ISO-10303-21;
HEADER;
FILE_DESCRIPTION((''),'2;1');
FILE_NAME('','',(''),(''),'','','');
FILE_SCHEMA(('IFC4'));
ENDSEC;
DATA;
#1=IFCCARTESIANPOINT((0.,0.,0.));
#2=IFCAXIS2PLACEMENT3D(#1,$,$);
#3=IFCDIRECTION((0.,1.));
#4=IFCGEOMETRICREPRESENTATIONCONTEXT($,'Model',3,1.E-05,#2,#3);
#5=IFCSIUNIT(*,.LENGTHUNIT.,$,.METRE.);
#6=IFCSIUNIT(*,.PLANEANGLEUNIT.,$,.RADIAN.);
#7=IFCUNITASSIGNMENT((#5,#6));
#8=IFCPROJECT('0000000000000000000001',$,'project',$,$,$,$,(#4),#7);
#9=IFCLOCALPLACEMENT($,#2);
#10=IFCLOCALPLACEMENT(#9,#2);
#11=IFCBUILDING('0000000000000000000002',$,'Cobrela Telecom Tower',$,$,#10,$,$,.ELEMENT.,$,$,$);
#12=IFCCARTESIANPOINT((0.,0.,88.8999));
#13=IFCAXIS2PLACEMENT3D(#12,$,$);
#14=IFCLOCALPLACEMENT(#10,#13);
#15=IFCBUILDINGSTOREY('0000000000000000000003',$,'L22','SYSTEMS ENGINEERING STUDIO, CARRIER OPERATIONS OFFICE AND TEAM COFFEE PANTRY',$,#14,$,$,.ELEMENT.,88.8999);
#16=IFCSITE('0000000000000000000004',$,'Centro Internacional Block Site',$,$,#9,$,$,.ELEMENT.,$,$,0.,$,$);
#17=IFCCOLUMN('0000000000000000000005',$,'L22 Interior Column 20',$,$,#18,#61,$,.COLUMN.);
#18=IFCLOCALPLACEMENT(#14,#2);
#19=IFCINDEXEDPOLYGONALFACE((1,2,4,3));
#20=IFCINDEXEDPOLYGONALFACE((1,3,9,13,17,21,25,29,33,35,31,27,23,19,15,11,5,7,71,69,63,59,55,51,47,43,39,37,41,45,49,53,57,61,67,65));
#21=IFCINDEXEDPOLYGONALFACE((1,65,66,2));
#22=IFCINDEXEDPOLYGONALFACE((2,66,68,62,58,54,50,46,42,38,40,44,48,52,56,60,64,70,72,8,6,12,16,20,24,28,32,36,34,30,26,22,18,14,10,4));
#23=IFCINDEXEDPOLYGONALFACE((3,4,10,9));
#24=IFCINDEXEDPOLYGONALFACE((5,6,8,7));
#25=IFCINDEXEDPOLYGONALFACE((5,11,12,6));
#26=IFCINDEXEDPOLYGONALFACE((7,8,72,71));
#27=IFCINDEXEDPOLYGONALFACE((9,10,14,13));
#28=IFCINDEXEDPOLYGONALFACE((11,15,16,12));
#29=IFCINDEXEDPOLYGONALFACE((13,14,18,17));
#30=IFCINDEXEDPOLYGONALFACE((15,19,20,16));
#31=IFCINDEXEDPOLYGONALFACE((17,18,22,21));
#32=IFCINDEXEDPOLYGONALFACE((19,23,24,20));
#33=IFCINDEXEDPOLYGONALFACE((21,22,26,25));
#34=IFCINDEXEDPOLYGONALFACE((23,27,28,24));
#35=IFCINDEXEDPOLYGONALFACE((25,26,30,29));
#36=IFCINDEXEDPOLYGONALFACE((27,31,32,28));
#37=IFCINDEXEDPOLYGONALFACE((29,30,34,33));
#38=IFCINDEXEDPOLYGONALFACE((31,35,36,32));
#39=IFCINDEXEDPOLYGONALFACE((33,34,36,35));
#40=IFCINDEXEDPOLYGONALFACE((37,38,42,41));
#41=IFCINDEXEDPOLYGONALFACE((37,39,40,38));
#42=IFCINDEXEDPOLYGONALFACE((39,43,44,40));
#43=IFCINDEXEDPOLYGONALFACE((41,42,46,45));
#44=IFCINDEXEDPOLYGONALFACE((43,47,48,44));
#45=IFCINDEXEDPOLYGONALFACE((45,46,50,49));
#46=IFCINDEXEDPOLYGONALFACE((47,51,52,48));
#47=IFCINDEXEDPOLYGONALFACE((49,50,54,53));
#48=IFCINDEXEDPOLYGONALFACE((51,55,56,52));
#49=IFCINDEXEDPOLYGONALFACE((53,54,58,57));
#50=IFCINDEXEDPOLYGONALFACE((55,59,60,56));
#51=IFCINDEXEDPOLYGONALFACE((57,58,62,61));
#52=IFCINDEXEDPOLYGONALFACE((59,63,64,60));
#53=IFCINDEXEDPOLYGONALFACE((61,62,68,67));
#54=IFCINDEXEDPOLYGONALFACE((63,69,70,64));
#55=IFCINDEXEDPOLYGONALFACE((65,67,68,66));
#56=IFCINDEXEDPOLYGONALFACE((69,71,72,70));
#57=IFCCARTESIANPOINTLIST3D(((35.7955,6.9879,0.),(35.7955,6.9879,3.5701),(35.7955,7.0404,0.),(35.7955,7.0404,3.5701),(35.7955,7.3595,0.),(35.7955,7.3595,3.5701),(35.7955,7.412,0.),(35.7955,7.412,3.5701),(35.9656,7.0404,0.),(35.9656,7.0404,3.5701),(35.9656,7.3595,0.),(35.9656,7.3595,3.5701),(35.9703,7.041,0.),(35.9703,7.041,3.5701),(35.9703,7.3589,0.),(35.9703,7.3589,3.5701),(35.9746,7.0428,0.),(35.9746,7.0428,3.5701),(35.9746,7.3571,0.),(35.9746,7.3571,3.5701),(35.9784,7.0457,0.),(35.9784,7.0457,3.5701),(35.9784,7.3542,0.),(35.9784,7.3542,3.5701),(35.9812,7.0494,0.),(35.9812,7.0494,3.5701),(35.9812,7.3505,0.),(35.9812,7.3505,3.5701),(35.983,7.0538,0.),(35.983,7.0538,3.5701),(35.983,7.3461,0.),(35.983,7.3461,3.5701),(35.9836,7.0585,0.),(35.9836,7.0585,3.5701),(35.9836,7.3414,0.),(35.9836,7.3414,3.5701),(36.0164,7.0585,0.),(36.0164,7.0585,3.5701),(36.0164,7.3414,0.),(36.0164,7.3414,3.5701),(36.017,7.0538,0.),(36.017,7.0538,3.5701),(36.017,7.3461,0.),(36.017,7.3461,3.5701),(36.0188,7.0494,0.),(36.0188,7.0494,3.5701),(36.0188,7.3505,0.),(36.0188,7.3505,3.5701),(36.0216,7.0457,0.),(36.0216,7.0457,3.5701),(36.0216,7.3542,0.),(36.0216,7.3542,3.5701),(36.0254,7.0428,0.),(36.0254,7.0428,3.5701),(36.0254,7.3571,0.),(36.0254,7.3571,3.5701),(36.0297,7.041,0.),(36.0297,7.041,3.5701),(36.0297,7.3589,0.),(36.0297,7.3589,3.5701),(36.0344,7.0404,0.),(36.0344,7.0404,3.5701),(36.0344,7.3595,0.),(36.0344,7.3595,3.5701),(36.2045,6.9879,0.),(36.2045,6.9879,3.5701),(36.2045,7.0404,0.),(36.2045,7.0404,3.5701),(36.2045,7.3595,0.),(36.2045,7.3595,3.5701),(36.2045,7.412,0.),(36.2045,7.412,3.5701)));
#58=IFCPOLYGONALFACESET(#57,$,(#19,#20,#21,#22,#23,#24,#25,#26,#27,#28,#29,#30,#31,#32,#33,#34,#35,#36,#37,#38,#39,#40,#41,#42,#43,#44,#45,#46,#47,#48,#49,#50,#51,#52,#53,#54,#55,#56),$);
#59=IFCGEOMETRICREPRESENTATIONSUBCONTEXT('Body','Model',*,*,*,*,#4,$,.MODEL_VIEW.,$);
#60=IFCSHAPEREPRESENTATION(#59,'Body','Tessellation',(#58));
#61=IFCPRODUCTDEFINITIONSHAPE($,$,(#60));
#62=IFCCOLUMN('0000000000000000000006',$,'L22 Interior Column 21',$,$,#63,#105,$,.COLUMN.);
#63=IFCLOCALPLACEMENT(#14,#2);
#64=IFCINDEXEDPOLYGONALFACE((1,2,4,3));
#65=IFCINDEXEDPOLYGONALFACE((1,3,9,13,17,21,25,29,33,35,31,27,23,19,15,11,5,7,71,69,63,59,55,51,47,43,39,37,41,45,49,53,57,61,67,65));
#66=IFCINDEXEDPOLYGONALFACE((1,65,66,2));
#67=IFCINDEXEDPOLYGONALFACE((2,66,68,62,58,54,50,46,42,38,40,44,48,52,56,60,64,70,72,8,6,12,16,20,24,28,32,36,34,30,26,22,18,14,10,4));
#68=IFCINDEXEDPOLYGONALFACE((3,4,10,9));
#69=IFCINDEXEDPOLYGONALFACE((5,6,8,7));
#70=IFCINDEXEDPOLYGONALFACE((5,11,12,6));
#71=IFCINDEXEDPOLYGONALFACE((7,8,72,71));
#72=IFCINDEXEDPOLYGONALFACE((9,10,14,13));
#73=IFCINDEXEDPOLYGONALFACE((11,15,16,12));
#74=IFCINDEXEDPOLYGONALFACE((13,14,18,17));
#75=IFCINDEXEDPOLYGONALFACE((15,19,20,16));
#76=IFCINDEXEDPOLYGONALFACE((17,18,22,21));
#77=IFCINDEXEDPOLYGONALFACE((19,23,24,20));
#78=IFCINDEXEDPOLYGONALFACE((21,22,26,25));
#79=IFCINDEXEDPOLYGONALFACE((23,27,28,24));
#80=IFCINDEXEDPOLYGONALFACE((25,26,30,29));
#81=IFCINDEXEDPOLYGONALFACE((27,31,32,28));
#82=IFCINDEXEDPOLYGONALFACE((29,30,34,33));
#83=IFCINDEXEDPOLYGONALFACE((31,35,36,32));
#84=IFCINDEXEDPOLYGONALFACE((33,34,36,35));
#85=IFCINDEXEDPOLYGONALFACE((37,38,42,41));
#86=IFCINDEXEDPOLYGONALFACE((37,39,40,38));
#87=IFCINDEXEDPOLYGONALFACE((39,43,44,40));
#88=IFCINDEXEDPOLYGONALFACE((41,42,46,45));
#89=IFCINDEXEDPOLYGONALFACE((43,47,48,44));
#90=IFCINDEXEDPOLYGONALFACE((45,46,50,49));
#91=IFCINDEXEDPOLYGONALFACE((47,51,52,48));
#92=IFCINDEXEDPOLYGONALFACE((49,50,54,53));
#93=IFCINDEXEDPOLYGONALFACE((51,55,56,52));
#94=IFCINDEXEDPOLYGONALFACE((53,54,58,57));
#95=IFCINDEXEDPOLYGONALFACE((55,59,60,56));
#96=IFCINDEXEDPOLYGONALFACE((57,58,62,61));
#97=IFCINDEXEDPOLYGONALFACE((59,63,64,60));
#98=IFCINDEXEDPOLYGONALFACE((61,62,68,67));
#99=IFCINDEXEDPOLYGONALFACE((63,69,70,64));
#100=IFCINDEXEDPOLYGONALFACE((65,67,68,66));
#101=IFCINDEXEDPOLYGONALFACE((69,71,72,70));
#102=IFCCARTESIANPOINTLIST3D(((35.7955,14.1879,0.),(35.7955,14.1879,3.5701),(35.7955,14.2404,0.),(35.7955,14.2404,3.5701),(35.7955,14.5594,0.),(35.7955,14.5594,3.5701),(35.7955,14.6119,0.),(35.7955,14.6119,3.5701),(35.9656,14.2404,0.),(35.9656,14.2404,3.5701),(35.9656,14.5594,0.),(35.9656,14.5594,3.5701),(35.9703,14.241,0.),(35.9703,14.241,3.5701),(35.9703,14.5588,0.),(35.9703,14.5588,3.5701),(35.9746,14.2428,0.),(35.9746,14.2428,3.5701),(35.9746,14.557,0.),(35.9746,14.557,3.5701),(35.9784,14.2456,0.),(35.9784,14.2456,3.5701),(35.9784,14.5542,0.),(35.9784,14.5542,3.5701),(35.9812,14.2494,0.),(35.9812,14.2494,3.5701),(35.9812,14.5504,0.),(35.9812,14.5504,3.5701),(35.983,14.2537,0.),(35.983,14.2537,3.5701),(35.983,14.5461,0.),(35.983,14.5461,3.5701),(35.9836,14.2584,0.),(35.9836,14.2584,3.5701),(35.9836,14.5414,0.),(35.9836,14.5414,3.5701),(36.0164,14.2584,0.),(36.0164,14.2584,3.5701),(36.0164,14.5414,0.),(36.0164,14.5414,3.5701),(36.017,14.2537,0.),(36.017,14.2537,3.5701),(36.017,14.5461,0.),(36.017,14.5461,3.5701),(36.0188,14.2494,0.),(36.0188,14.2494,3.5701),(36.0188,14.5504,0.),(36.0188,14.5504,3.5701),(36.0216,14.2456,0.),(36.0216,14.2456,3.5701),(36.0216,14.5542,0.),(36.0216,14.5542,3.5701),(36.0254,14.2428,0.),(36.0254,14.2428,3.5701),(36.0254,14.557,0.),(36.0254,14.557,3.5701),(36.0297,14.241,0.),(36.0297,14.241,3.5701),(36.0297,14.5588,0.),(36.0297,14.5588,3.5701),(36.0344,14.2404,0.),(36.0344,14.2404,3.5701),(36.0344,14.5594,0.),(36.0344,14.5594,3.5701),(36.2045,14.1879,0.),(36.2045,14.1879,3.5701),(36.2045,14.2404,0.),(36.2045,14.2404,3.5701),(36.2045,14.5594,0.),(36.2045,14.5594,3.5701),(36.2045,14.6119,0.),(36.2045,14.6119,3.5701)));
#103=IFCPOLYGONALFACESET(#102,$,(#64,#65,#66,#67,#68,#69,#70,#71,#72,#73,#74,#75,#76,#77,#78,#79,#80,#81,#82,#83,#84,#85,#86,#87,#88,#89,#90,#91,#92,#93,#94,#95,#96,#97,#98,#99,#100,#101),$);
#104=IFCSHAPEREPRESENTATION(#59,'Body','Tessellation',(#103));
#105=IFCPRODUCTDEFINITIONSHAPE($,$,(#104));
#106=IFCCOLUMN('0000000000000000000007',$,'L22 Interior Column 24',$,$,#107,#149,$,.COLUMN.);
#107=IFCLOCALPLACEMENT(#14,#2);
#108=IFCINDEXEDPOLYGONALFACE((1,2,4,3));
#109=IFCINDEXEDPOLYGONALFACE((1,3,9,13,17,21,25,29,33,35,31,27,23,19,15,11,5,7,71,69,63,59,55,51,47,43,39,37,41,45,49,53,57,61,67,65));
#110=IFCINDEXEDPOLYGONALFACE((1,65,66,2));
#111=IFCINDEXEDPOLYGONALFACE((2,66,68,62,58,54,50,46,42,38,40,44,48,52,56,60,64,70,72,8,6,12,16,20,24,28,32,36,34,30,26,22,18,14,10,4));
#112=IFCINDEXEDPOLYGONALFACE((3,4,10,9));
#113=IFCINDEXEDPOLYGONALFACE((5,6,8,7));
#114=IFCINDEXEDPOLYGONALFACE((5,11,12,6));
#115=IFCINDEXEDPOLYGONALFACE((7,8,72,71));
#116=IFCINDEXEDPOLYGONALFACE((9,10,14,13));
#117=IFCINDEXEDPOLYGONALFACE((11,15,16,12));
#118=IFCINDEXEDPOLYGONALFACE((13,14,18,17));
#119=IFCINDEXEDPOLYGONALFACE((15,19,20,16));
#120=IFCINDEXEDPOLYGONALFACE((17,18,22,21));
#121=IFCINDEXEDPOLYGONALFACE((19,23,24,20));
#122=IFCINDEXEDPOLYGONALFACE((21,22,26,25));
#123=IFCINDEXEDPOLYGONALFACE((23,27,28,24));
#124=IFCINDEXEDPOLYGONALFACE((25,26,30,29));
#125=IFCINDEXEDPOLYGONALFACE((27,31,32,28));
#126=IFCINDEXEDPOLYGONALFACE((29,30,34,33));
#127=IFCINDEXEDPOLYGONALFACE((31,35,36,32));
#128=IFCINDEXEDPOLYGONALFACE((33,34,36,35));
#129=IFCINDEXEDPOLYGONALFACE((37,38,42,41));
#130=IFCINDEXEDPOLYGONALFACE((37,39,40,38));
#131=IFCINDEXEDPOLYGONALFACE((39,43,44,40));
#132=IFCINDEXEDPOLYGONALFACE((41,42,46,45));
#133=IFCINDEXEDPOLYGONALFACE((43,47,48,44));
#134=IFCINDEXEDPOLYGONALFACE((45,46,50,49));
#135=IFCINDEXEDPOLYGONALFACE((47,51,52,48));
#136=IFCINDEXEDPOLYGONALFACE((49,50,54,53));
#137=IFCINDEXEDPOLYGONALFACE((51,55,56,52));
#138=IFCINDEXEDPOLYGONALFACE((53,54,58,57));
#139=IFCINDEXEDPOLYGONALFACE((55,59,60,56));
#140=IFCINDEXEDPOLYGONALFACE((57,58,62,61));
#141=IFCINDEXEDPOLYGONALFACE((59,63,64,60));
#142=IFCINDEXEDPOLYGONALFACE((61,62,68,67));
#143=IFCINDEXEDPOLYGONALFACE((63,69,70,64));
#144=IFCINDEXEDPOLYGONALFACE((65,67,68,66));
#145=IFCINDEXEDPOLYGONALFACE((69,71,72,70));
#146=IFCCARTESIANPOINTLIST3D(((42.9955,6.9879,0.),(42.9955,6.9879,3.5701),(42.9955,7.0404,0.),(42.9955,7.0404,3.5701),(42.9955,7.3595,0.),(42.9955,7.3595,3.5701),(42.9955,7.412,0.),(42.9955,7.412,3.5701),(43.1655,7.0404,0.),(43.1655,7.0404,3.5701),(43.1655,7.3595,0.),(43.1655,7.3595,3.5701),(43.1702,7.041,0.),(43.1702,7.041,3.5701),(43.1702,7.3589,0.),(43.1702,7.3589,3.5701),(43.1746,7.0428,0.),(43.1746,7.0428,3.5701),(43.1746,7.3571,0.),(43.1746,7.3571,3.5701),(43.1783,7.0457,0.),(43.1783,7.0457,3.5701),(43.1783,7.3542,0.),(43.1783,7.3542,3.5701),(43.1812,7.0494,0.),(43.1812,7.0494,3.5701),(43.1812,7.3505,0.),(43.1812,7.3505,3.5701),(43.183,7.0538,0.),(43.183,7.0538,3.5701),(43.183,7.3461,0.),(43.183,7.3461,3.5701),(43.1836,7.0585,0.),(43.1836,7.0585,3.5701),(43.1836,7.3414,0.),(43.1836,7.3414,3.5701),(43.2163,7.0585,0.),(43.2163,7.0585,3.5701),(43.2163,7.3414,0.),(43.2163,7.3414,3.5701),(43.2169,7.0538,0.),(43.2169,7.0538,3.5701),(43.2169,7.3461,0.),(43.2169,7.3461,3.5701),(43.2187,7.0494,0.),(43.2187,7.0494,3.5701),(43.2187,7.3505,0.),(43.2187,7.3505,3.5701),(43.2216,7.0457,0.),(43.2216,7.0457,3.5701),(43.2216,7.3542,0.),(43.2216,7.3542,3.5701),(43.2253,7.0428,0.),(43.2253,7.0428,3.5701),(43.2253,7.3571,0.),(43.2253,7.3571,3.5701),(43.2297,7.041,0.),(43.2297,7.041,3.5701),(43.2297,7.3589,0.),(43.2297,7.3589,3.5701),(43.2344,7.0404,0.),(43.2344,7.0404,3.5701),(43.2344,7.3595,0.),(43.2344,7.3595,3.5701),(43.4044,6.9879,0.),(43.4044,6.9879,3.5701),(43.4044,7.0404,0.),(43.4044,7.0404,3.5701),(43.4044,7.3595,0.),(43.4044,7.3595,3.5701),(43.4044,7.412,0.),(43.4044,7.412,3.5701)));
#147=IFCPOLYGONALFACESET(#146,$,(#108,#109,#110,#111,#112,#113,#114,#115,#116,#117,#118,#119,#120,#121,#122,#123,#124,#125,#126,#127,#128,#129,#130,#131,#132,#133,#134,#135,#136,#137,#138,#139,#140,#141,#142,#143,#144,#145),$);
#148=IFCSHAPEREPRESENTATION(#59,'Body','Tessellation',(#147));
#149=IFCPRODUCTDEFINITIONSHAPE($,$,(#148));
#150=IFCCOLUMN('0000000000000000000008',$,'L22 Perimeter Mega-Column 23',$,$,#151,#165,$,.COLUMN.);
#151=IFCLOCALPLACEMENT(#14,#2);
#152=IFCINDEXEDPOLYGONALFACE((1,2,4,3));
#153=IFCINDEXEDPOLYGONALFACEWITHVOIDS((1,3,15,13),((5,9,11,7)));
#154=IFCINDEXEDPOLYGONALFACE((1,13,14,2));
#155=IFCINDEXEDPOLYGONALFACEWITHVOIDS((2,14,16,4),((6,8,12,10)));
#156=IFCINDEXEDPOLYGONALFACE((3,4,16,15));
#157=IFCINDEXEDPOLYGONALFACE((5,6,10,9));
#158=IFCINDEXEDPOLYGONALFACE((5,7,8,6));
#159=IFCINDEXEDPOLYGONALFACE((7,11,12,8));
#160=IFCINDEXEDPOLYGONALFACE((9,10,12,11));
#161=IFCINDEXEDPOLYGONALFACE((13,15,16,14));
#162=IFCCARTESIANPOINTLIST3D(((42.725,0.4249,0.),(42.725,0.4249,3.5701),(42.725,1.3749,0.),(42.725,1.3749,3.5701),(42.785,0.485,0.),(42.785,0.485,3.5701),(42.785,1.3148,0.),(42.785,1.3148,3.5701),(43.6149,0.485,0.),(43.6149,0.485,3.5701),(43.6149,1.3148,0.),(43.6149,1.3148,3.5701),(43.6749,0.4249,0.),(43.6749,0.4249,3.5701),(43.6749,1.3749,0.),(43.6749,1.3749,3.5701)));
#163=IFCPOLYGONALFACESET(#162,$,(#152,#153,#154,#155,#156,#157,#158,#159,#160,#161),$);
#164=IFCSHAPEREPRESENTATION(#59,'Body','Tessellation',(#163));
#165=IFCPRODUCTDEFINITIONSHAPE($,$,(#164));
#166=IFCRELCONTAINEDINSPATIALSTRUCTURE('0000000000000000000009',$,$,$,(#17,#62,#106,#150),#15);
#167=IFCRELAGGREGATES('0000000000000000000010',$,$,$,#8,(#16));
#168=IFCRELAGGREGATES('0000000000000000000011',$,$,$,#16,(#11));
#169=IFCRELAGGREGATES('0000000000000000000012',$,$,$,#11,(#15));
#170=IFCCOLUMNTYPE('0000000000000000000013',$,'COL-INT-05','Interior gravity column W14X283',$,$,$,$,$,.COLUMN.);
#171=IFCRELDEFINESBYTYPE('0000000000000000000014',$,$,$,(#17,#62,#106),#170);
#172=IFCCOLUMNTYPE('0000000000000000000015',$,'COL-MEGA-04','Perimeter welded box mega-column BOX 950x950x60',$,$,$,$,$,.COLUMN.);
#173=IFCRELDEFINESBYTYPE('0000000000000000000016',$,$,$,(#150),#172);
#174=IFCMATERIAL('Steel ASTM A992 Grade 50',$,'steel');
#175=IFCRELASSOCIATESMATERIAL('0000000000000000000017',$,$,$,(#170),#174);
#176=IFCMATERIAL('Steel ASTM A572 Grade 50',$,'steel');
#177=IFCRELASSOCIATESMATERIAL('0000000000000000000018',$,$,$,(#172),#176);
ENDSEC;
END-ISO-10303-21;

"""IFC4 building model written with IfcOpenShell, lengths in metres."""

from ifc_helpers import new_model, si_unit, direction, frame, origin, origin_2d, place, context, subcontext, project, spatial, hollow_rectangle, i_section, extrude, material, material_profile, profile_set, type_object, element, save


model = new_model("IFC4")

# Units and contexts
model_context = context("Model", 3, precision=1e-05, world=origin(), true_north=direction((0.0, 1.0)))
body_context = subcontext(model_context, "Body", "Model", "MODEL_VIEW")
ifc_project = project(units=[si_unit("LENGTHUNIT", "METRE"), si_unit("PLANEANGLEUNIT", "RADIAN")], contexts=[model_context])

# Site, building, storey
site_placement = place(None, origin())
site = spatial("IfcSite", under=ifc_project, at=site_placement, Name="Centro Internacional Block Site", CompositionType="ELEMENT", RefElevation=0.0)
building_placement = place(site_placement, origin())
building = spatial("IfcBuilding", under=site, at=building_placement, Name="Cobrela Telecom Tower", CompositionType="ELEMENT")
storey_placement = place(building_placement, frame((0.0, 0.0, 88.8999)))
storey = spatial("IfcBuildingStorey", under=building, at=storey_placement, Name="L22", Description="SYSTEMS ENGINEERING STUDIO, CARRIER OPERATIONS OFFICE AND TEAM COFFEE PANTRY", CompositionType="ELEMENT", Elevation=88.8999)

# Columns
ifc_material_1 = material(Name="Steel ASTM A992 Grade 50", Category="steel")
ifc_material_profile_1 = material_profile(ifc_material_1, i_section(OverallWidth=0.4089, OverallDepth=0.4241, WebThickness=0.0327, FlangeThickness=0.0525, FilletRadius=0.0181, at=origin_2d()), Name="W14X283")
ifc_profile_set_1 = profile_set([ifc_material_profile_1], Name="Steel ASTM A992 Grade 50")
column_type_1 = type_object("IfcColumnType", Name="COL-INT-05", Description="Interior gravity column W14X283", PredefinedType="COLUMN", material=ifc_profile_set_1)
for number, where, z_axis, x_axis, name in (
    (1, (36.0, 7.2, 0.0), (0.0, 0.0, 1.0), (1.0, 0.0, 0.0), "L22 Interior Column 20"),
    (2, (36.0, 14.3999, 0.0), (0.0, 0.0, 1.0), (1.0, 0.0, 0.0), "L22 Interior Column 21"),
    (3, (43.2, 7.2, 0.0), (0.0, 0.0, 1.0), (1.0, 0.0, 0.0), "L22 Interior Column 24"),
):
    element("IfcColumn", number, at=place(storey_placement, frame(where, z_axis=z_axis, x_axis=x_axis)), inside=storey, type_object=column_type_1, Name=name, PredefinedType="COLUMN", context=body_context, shape_type="SweptSolid", body=[
        extrude(i_section(OverallWidth=0.4089, OverallDepth=0.4241, WebThickness=0.0327, FlangeThickness=0.0525, FilletRadius=0.0181, at=origin_2d()), origin(), (0.0, 0.0, 1.0), 3.5701),
    ])
ifc_material_2 = material(Name="Steel ASTM A572 Grade 50", Category="steel")
ifc_material_profile_2 = material_profile(ifc_material_2, hollow_rectangle(XDim=0.95, YDim=0.95, WallThickness=0.0601, at=origin_2d()), Name="BOX 950x950x60")
ifc_profile_set_2 = profile_set([ifc_material_profile_2], Name="Steel ASTM A572 Grade 50")
column_type_2 = type_object("IfcColumnType", Name="COL-MEGA-04", Description="Perimeter welded box mega-column BOX 950x950x60", PredefinedType="COLUMN", material=ifc_profile_set_2)
column_placement = place(storey_placement, frame((43.2, 0.8999, 0.0), z_axis=(0.0, 0.0, 1.0), x_axis=(1.0, 0.0, 0.0)))
element("IfcColumn", 4, at=column_placement, inside=storey, type_object=column_type_2, Name="L22 Perimeter Mega-Column 23", PredefinedType="COLUMN", context=body_context, shape_type="SweptSolid", body=[
    extrude(hollow_rectangle(XDim=0.95, YDim=0.95, WallThickness=0.0601, at=origin_2d()), origin(), (0.0, 0.0, 1.0), 3.5701),
])

save(model, "model.ifc")
